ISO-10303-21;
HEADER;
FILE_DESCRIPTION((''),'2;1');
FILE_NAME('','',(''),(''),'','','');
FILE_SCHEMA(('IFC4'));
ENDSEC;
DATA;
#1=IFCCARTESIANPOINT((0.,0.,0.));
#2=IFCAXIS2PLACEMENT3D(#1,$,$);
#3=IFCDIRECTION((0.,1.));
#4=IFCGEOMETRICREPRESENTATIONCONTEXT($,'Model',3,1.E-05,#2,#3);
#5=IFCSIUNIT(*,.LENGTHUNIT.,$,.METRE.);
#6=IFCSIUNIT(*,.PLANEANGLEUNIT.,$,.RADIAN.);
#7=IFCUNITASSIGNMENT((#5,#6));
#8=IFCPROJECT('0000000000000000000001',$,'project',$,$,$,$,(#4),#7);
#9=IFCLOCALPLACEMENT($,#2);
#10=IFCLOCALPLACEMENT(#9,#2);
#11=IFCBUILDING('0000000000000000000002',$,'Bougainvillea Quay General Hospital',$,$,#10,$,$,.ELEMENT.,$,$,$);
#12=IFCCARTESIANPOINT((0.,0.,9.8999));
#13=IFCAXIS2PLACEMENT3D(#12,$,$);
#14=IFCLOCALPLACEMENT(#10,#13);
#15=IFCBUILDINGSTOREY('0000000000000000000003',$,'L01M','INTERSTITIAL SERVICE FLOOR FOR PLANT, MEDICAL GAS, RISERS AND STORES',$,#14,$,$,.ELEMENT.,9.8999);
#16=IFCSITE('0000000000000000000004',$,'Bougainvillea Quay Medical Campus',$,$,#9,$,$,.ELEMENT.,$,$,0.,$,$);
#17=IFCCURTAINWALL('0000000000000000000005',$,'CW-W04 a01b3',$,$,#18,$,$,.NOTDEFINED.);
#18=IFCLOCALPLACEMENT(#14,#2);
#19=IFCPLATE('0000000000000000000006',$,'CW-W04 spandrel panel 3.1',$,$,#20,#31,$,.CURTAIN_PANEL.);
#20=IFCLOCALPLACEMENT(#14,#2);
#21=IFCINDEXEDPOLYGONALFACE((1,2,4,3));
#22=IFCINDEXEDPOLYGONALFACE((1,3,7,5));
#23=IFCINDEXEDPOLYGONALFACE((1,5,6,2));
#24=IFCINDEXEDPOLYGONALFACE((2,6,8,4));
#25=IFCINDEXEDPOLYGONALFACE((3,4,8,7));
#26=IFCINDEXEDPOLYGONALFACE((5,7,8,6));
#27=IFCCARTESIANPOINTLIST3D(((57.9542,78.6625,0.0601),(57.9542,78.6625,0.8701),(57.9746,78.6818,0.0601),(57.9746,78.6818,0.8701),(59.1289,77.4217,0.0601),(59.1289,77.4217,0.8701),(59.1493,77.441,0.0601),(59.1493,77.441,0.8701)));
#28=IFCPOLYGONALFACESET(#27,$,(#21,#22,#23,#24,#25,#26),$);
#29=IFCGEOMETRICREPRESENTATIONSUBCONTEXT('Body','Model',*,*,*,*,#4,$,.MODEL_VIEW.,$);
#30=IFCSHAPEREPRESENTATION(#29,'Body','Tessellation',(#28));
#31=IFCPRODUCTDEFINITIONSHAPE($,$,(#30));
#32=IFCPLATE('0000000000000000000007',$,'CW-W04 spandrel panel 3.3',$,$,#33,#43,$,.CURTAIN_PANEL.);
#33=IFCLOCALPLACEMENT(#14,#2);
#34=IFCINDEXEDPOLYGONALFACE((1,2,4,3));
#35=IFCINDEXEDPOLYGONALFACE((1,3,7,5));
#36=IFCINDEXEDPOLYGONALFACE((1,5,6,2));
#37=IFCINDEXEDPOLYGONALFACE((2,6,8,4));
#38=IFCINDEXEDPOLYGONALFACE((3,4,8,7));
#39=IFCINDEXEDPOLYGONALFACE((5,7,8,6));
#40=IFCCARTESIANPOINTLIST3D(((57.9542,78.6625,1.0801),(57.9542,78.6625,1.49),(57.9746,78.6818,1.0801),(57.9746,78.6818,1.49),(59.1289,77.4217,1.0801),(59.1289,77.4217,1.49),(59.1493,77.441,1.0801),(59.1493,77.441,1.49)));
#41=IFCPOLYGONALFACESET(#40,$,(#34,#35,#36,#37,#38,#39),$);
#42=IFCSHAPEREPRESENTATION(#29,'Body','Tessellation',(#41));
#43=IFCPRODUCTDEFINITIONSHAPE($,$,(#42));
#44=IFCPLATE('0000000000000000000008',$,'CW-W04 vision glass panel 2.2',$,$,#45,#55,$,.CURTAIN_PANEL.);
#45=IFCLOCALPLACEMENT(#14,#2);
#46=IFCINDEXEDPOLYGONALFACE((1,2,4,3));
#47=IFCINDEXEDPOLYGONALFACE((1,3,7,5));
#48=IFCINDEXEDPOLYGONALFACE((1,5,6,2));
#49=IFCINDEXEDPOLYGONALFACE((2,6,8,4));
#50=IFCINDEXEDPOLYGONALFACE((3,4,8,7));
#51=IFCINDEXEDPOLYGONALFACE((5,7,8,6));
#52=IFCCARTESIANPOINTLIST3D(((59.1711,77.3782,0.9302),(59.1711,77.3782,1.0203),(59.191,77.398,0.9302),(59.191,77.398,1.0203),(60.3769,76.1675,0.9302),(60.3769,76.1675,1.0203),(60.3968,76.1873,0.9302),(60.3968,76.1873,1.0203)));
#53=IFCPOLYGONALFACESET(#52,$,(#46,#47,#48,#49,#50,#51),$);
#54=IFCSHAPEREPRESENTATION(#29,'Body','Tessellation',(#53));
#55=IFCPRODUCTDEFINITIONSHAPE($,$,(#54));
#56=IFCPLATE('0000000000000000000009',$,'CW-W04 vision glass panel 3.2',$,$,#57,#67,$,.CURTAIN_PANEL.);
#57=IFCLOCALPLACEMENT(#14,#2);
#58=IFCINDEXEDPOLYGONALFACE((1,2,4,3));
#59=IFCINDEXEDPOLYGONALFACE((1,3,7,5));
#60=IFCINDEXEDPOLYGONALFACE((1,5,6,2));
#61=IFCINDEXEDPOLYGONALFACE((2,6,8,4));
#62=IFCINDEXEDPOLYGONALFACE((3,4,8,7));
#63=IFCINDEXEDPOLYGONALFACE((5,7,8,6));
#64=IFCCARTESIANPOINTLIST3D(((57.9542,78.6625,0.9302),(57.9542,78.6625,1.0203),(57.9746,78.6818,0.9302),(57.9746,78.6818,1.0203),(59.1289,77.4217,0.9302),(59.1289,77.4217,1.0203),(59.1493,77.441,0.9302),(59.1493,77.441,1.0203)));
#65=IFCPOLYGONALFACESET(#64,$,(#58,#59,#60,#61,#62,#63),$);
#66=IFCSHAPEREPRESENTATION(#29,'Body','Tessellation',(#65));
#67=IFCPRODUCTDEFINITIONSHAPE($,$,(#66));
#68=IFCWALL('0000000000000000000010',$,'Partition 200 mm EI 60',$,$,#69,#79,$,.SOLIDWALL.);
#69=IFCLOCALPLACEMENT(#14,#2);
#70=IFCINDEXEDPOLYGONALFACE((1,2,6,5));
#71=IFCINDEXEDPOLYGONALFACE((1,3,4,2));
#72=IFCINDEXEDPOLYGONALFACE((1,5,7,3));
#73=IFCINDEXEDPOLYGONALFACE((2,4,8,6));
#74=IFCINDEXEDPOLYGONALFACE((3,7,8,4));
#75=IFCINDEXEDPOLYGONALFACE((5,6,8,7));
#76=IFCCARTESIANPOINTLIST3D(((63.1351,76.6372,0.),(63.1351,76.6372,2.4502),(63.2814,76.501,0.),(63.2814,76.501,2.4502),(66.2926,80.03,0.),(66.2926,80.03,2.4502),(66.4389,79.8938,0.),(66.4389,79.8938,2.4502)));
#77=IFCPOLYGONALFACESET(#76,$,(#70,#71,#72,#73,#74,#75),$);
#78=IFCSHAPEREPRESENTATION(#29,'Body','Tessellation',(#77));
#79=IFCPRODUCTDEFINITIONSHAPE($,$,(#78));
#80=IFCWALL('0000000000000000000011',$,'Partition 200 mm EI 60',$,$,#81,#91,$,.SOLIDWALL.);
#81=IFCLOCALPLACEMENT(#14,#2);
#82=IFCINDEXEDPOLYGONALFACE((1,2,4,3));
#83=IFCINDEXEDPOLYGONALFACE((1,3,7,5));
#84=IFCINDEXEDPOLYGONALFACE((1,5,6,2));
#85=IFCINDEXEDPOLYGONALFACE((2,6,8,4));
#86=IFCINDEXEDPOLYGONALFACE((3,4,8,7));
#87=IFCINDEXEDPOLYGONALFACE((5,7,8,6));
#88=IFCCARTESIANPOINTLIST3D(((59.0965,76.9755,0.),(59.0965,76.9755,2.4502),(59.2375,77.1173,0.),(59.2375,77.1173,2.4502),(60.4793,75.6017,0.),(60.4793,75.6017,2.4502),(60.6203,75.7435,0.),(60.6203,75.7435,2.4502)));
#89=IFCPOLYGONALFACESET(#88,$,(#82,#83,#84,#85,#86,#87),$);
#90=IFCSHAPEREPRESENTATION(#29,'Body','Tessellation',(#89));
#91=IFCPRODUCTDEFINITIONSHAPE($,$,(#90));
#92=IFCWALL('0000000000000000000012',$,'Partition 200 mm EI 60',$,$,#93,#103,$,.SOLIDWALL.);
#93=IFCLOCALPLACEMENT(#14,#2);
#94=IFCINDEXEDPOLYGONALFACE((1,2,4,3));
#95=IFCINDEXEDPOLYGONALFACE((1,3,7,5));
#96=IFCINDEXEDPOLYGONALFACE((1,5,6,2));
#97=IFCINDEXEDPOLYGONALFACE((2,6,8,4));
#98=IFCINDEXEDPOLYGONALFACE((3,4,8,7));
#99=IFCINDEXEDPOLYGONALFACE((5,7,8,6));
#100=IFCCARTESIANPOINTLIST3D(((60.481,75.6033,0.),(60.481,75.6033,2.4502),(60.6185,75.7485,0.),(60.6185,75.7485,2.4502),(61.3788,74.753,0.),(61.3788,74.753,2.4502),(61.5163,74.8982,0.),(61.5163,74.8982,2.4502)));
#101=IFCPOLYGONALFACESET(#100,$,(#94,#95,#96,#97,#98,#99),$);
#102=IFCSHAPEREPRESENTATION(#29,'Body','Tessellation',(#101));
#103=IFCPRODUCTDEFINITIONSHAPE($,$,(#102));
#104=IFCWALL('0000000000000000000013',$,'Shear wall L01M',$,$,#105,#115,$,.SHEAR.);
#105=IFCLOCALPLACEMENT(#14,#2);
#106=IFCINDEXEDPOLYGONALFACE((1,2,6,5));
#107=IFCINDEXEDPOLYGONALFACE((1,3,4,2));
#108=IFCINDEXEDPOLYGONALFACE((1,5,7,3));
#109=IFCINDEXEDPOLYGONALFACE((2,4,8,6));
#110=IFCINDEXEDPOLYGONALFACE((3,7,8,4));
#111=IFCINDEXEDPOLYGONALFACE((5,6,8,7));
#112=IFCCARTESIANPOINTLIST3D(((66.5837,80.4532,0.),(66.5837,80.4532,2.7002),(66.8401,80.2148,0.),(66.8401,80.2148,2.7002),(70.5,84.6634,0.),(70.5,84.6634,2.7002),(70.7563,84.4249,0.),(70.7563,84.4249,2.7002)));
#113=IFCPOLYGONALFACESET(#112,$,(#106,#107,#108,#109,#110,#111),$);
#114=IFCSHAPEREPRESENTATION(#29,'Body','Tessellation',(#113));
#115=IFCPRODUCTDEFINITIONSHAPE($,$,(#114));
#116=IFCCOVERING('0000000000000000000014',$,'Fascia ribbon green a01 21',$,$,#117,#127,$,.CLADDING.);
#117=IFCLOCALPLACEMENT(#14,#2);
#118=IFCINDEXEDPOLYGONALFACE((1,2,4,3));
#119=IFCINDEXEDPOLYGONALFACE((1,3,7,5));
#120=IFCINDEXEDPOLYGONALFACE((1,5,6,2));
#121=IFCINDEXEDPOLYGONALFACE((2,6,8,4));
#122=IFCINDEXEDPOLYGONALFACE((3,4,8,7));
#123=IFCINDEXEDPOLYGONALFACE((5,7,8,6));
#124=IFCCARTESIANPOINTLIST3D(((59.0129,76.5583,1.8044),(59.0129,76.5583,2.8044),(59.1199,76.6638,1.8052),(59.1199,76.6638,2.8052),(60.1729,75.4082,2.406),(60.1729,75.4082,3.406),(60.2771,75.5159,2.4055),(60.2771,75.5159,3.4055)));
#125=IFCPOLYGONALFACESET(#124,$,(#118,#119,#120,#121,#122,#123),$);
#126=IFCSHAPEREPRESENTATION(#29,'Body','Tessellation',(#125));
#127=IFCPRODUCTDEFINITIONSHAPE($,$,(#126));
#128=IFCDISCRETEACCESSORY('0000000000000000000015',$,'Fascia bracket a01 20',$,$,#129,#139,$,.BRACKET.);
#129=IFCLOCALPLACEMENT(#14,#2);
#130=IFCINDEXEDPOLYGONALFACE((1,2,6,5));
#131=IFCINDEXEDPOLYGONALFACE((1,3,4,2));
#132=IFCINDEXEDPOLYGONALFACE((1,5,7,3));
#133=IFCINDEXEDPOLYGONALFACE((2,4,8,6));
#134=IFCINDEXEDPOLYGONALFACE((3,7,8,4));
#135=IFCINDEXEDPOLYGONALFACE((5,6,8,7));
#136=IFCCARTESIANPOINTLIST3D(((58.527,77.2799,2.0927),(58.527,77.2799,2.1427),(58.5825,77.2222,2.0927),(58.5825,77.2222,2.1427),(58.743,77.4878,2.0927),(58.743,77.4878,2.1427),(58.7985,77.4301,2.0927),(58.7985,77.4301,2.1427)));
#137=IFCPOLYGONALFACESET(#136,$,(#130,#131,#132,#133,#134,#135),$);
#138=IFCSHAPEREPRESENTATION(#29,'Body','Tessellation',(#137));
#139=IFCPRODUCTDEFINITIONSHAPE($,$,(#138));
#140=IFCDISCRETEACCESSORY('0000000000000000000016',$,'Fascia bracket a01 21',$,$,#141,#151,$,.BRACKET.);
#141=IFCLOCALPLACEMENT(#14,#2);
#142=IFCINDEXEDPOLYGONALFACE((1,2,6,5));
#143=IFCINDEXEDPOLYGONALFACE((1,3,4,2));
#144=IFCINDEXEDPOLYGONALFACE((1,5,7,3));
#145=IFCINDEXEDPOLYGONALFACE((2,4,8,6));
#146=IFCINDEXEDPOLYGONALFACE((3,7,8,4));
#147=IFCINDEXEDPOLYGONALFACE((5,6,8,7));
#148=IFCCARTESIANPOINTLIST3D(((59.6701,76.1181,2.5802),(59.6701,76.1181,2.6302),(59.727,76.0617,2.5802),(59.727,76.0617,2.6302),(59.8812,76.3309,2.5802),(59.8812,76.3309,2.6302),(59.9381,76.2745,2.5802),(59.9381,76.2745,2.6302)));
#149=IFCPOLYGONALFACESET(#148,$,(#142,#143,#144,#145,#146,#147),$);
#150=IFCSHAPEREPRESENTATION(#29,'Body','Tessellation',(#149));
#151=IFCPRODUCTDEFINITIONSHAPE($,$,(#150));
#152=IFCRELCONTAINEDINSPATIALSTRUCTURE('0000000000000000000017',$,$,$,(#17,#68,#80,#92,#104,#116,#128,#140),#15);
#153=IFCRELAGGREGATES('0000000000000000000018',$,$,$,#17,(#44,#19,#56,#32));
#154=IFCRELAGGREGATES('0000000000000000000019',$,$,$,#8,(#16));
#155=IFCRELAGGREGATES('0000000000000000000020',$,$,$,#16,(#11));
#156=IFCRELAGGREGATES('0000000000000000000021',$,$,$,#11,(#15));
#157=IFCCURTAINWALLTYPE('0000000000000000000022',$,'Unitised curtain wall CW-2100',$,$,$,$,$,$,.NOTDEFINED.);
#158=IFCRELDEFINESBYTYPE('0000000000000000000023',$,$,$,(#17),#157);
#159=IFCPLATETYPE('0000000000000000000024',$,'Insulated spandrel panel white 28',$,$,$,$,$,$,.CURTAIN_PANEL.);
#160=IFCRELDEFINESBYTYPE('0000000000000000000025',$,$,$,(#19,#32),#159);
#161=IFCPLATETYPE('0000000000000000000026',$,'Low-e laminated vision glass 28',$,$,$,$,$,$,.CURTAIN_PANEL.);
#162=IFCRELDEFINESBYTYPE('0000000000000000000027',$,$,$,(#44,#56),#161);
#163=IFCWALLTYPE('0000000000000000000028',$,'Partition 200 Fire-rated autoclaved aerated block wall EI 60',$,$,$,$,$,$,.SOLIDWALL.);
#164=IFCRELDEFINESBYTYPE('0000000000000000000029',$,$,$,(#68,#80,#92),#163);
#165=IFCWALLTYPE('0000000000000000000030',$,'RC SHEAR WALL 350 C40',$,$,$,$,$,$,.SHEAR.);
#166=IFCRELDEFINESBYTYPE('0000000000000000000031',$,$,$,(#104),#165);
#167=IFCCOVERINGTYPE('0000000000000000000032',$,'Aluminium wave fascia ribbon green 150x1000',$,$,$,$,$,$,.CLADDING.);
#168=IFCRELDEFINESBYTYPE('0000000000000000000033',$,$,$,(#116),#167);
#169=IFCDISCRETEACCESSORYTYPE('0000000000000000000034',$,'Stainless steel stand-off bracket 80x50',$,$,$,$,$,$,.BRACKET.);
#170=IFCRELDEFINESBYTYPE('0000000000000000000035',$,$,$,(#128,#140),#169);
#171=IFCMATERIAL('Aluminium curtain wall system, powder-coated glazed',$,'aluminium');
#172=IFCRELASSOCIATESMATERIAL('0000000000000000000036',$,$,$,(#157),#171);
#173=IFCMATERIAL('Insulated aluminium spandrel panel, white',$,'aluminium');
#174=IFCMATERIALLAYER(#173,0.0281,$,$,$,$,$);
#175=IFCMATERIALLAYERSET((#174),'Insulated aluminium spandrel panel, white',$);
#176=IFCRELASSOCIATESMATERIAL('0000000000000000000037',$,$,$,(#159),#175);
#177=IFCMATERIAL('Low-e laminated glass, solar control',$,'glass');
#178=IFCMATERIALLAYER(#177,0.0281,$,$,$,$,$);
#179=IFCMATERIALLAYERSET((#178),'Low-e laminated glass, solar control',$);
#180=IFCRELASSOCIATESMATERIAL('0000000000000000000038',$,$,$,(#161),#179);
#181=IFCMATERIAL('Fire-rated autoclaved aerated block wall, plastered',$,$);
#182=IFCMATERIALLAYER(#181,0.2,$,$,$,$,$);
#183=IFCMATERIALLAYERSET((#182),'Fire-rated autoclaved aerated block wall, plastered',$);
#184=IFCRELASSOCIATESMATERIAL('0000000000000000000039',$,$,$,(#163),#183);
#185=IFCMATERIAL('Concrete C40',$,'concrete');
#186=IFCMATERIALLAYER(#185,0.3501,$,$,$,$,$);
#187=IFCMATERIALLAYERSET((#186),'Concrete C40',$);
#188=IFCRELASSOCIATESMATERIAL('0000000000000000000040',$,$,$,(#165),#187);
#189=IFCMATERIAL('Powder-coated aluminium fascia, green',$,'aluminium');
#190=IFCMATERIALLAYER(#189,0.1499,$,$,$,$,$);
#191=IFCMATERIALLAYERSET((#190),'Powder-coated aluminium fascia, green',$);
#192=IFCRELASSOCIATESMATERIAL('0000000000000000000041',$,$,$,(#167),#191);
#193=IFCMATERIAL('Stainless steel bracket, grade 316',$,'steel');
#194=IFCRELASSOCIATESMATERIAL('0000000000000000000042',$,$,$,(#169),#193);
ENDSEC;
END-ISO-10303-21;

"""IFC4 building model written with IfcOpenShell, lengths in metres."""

from ifc_helpers import new_model, si_unit, direction, frame, frame_2d, origin, origin_2d, place, context, subcontext, project, spatial, polyline, rectangle, outline, extrude, material, layer, layer_set, material_profile, profile_set, type_object, element, aggregate, save


model = new_model("IFC4")

# Units and contexts
model_context = context("Model", 3, precision=1e-05, world=origin(), true_north=direction((0.0, 1.0)))
body_context = subcontext(model_context, "Body", "Model", "MODEL_VIEW")
ifc_project = project(units=[si_unit("LENGTHUNIT", "METRE"), si_unit("PLANEANGLEUNIT", "RADIAN")], contexts=[model_context])

# Site, building, storey
site_placement = place(None, origin())
site = spatial("IfcSite", under=ifc_project, at=site_placement, Name="Bougainvillea Quay Medical Campus", CompositionType="ELEMENT", RefElevation=0.0)
building_placement = place(site_placement, origin())
building = spatial("IfcBuilding", under=site, at=building_placement, Name="Bougainvillea Quay General Hospital", CompositionType="ELEMENT")
storey_placement = place(building_placement, frame((0.0, 0.0, 9.8999)))
storey = spatial("IfcBuildingStorey", under=building, at=storey_placement, Name="L01M", Description="INTERSTITIAL SERVICE FLOOR FOR PLANT, MEDICAL GAS, RISERS AND STORES", CompositionType="ELEMENT", Elevation=9.8999)

# Curtain wall, plates
ifc_material_1 = material(Name="Aluminium curtain wall system, powder-coated glazed", Category="aluminium")
curtain_wall_type = type_object("IfcCurtainWallType", Name="Unitised curtain wall CW-2100", PredefinedType="NOTDEFINED", material=ifc_material_1)
curtain_wall_placement = place(storey_placement, origin())
curtain_wall = element("IfcCurtainWall", 1, at=curtain_wall_placement, inside=storey, type_object=curtain_wall_type, Name="CW-W04 a01b3", PredefinedType="NOTDEFINED")
ifc_material_2 = material(Name="Insulated aluminium spandrel panel, white", Category="aluminium")
ifc_layer_1 = layer(ifc_material_2, 0.0281)
ifc_layer_set_1 = layer_set([ifc_layer_1], Name="Insulated aluminium spandrel panel, white")
plate_type_1 = type_object("IfcPlateType", Name="Insulated spandrel panel white 28", PredefinedType="CURTAIN_PANEL", material=ifc_layer_set_1)
plate_1_placement = place(storey_placement, frame((58.5518, 78.0518, 0.0601), z_axis=(0.0, 0.0, 1.0), x_axis=(-0.687487, 0.726197, 0.0)))
plate_1 = element("IfcPlate", 2, at=plate_1_placement, type_object=plate_type_1, Name="CW-W04 spandrel panel 3.1", PredefinedType="CURTAIN_PANEL", context=body_context, shape_type="SweptSolid", body=[
    extrude(rectangle(XDim=1.7087, YDim=0.0281, at=origin_2d()), origin(), (0.0, 0.0, 1.0), 0.8101),
])
plate_2_placement = place(storey_placement, frame((58.5518, 78.0518, 1.0801), z_axis=(0.0, 0.0, 1.0), x_axis=(-0.687487, 0.726197, 0.0)))
plate_2 = element("IfcPlate", 3, at=plate_2_placement, type_object=plate_type_1, Name="CW-W04 spandrel panel 3.3", PredefinedType="CURTAIN_PANEL", context=body_context, shape_type="SweptSolid", body=[
    extrude(rectangle(XDim=1.7087, YDim=0.0281, at=origin_2d()), origin(), (0.0, 0.0, 1.0), 0.4099),
])
ifc_material_3 = material(Name="Low-e laminated glass, solar control", Category="glass")
ifc_layer_2 = layer(ifc_material_3, 0.0281)
ifc_layer_set_2 = layer_set([ifc_layer_2], Name="Low-e laminated glass, solar control")
plate_type_2 = type_object("IfcPlateType", Name="Low-e laminated vision glass 28", PredefinedType="CURTAIN_PANEL", material=ifc_layer_set_2)
plate_3_placement = place(storey_placement, frame((59.7839, 76.7827, 0.9302), z_axis=(0.0, 0.0, 1.0), x_axis=(-0.70568, 0.708531, 0.0)))
plate_3 = element("IfcPlate", 4, at=plate_3_placement, type_object=plate_type_2, Name="CW-W04 vision glass panel 2.2", PredefinedType="CURTAIN_PANEL", context=body_context, shape_type="SweptSolid", body=[
    extrude(rectangle(XDim=1.7087, YDim=0.0281, at=origin_2d()), origin(), (0.0, 0.0, 1.0), 0.0901),
])
plate_4_placement = place(storey_placement, frame((58.5518, 78.0518, 0.9302), z_axis=(0.0, 0.0, 1.0), x_axis=(-0.687487, 0.726197, 0.0)))
plate_4 = element("IfcPlate", 5, at=plate_4_placement, type_object=plate_type_2, Name="CW-W04 vision glass panel 3.2", PredefinedType="CURTAIN_PANEL", context=body_context, shape_type="SweptSolid", body=[
    extrude(rectangle(XDim=1.7087, YDim=0.0281, at=origin_2d()), origin(), (0.0, 0.0, 1.0), 0.0901),
])
aggregate(curtain_wall, [plate_3, plate_1, plate_4, plate_2])

# Walls
ifc_material_4 = material(Name="Fire-rated autoclaved aerated block wall, plastered")
ifc_layer_3 = layer(ifc_material_4, 0.2)
ifc_layer_set_3 = layer_set([ifc_layer_3], Name="Fire-rated autoclaved aerated block wall, plastered")
wall_type_1 = type_object("IfcWallType", Name="Partition 200 Fire-rated autoclaved aerated block wall EI 60", PredefinedType="SOLIDWALL", material=ifc_layer_set_3)
wall_1_placement = place(storey_placement, frame((63.2083, 76.5691, 0.0), z_axis=(0.0, 0.0, 1.0), x_axis=(0.681261, 0.732041, 0.0)))
element("IfcWall", 6, at=wall_1_placement, inside=storey, type_object=wall_type_1, Name="Partition 200 mm EI 60", PredefinedType="SOLIDWALL", context=body_context, shape_type="SweptSolid", body=[
    extrude(rectangle(XDim=4.6348, YDim=0.2, at=frame_2d((2.3174, 0.0))), origin(), (0.0, 0.0, 1.0), 2.4502),
])
wall_2_placement = place(storey_placement, frame((59.167, 77.0464, 0.0), z_axis=(0.0, 0.0, 1.0), x_axis=(0.70942, -0.704786, 0.0)))
element("IfcWall", 7, at=wall_2_placement, inside=storey, type_object=wall_type_1, Name="Partition 200 mm EI 60", PredefinedType="SOLIDWALL", context=body_context, shape_type="SweptSolid", body=[
    extrude(rectangle(XDim=1.9492, YDim=0.2, at=frame_2d((0.9746, 0.0))), origin(), (0.0, 0.0, 1.0), 2.4502),
])
wall_3_placement = place(storey_placement, frame((60.5498, 75.6758, 0.0), z_axis=(0.0, 0.0, 1.0), x_axis=(0.726093, -0.687597, 0.0)))
element("IfcWall", 8, at=wall_3_placement, inside=storey, type_object=wall_type_1, Name="Partition 200 mm EI 60", PredefinedType="SOLIDWALL", context=body_context, shape_type="SweptSolid", body=[
    extrude(rectangle(XDim=1.2366, YDim=0.2, at=frame_2d((0.6182, 0.0))), origin(), (0.0, 0.0, 1.0), 2.4502),
])
ifc_material_5 = material(Name="Concrete C40", Category="concrete")
ifc_layer_4 = layer(ifc_material_5, 0.3501)
ifc_layer_set_4 = layer_set([ifc_layer_4], Name="Concrete C40")
wall_type_2 = type_object("IfcWallType", Name="RC SHEAR WALL 350 C40", PredefinedType="SHEAR", material=ifc_layer_set_4)
wall_4_placement = place(storey_placement, frame((66.7119, 80.334, 0.0), z_axis=(0.0, 0.0, 1.0), x_axis=(0.681084, 0.732205, 0.0)))
element("IfcWall", 9, at=wall_4_placement, inside=storey, type_object=wall_type_2, Name="Shear wall L01M", PredefinedType="SHEAR", context=body_context, shape_type="SweptSolid", body=[
    extrude(rectangle(XDim=5.75, YDim=0.3501, at=frame_2d((2.875, 0.0))), origin(), (0.0, 0.0, 1.0), 2.7002),
])

# Covering
ifc_material_6 = material(Name="Powder-coated aluminium fascia, green", Category="aluminium")
ifc_layer_5 = layer(ifc_material_6, 0.1499)
ifc_layer_set_5 = layer_set([ifc_layer_5], Name="Powder-coated aluminium fascia, green")
covering_type = type_object("IfcCoveringType", Name="Aluminium wave fascia ribbon green 150x1000", PredefinedType="CLADDING", material=ifc_layer_set_5)
covering_placement = place(storey_placement, frame((59.1199, 76.6638, 1.8052), z_axis=(-0.246033, 0.242703, 0.938383), x_axis=(0.666203, -0.660862, 0.345595)))
element("IfcCovering", 10, at=covering_placement, inside=storey, type_object=covering_type, Name="Fascia ribbon green a01 21", PredefinedType="CLADDING", context=body_context, shape_type="SweptSolid", body=[
    extrude(outline(polyline([(0.0, 0.0), (1.7371, 0.0), (1.7389, -0.1499), (-0.0018, -0.1502), (0.0, 0.0)])), origin(), (0.345595, 0.000904, 0.938383), 1.0),
])

# Discrete accessories
ifc_material_7 = material(Name="Stainless steel bracket, grade 316", Category="steel")
ifc_material_profile_1 = material_profile(ifc_material_7, rectangle(XDim=0.0801, YDim=0.05, at=origin_2d()))
ifc_profile_set_1 = profile_set([ifc_material_profile_1], Name="Stainless steel bracket, grade 316")
discrete_accessory_type = type_object("IfcDiscreteAccessoryType", Name="Stainless steel stand-off bracket 80x50", PredefinedType="BRACKET", material=ifc_profile_set_1)
for number, where, z_axis, x_axis, name in (
    (11, (58.7708, 77.459, 2.1177), (-0.720411, -0.693548, 0.0), (0.693548, -0.720411, 0.0), "Fascia bracket a01 20"),
    (12, (59.9097, 76.3027, 2.6052), (-0.704251, -0.709951, 0.0), (0.709951, -0.704251, 0.0), "Fascia bracket a01 21"),
):
    element("IfcDiscreteAccessory", number, at=place(storey_placement, frame(where, z_axis=z_axis, x_axis=x_axis)), inside=storey, type_object=discrete_accessory_type, Name=name, PredefinedType="BRACKET", context=body_context, shape_type="SweptSolid", body=[
        extrude(rectangle(XDim=0.0801, YDim=0.05, at=origin_2d()), origin(), (0.0, 0.0, 1.0), 0.2998),
    ])

save(model, "model.ifc")
